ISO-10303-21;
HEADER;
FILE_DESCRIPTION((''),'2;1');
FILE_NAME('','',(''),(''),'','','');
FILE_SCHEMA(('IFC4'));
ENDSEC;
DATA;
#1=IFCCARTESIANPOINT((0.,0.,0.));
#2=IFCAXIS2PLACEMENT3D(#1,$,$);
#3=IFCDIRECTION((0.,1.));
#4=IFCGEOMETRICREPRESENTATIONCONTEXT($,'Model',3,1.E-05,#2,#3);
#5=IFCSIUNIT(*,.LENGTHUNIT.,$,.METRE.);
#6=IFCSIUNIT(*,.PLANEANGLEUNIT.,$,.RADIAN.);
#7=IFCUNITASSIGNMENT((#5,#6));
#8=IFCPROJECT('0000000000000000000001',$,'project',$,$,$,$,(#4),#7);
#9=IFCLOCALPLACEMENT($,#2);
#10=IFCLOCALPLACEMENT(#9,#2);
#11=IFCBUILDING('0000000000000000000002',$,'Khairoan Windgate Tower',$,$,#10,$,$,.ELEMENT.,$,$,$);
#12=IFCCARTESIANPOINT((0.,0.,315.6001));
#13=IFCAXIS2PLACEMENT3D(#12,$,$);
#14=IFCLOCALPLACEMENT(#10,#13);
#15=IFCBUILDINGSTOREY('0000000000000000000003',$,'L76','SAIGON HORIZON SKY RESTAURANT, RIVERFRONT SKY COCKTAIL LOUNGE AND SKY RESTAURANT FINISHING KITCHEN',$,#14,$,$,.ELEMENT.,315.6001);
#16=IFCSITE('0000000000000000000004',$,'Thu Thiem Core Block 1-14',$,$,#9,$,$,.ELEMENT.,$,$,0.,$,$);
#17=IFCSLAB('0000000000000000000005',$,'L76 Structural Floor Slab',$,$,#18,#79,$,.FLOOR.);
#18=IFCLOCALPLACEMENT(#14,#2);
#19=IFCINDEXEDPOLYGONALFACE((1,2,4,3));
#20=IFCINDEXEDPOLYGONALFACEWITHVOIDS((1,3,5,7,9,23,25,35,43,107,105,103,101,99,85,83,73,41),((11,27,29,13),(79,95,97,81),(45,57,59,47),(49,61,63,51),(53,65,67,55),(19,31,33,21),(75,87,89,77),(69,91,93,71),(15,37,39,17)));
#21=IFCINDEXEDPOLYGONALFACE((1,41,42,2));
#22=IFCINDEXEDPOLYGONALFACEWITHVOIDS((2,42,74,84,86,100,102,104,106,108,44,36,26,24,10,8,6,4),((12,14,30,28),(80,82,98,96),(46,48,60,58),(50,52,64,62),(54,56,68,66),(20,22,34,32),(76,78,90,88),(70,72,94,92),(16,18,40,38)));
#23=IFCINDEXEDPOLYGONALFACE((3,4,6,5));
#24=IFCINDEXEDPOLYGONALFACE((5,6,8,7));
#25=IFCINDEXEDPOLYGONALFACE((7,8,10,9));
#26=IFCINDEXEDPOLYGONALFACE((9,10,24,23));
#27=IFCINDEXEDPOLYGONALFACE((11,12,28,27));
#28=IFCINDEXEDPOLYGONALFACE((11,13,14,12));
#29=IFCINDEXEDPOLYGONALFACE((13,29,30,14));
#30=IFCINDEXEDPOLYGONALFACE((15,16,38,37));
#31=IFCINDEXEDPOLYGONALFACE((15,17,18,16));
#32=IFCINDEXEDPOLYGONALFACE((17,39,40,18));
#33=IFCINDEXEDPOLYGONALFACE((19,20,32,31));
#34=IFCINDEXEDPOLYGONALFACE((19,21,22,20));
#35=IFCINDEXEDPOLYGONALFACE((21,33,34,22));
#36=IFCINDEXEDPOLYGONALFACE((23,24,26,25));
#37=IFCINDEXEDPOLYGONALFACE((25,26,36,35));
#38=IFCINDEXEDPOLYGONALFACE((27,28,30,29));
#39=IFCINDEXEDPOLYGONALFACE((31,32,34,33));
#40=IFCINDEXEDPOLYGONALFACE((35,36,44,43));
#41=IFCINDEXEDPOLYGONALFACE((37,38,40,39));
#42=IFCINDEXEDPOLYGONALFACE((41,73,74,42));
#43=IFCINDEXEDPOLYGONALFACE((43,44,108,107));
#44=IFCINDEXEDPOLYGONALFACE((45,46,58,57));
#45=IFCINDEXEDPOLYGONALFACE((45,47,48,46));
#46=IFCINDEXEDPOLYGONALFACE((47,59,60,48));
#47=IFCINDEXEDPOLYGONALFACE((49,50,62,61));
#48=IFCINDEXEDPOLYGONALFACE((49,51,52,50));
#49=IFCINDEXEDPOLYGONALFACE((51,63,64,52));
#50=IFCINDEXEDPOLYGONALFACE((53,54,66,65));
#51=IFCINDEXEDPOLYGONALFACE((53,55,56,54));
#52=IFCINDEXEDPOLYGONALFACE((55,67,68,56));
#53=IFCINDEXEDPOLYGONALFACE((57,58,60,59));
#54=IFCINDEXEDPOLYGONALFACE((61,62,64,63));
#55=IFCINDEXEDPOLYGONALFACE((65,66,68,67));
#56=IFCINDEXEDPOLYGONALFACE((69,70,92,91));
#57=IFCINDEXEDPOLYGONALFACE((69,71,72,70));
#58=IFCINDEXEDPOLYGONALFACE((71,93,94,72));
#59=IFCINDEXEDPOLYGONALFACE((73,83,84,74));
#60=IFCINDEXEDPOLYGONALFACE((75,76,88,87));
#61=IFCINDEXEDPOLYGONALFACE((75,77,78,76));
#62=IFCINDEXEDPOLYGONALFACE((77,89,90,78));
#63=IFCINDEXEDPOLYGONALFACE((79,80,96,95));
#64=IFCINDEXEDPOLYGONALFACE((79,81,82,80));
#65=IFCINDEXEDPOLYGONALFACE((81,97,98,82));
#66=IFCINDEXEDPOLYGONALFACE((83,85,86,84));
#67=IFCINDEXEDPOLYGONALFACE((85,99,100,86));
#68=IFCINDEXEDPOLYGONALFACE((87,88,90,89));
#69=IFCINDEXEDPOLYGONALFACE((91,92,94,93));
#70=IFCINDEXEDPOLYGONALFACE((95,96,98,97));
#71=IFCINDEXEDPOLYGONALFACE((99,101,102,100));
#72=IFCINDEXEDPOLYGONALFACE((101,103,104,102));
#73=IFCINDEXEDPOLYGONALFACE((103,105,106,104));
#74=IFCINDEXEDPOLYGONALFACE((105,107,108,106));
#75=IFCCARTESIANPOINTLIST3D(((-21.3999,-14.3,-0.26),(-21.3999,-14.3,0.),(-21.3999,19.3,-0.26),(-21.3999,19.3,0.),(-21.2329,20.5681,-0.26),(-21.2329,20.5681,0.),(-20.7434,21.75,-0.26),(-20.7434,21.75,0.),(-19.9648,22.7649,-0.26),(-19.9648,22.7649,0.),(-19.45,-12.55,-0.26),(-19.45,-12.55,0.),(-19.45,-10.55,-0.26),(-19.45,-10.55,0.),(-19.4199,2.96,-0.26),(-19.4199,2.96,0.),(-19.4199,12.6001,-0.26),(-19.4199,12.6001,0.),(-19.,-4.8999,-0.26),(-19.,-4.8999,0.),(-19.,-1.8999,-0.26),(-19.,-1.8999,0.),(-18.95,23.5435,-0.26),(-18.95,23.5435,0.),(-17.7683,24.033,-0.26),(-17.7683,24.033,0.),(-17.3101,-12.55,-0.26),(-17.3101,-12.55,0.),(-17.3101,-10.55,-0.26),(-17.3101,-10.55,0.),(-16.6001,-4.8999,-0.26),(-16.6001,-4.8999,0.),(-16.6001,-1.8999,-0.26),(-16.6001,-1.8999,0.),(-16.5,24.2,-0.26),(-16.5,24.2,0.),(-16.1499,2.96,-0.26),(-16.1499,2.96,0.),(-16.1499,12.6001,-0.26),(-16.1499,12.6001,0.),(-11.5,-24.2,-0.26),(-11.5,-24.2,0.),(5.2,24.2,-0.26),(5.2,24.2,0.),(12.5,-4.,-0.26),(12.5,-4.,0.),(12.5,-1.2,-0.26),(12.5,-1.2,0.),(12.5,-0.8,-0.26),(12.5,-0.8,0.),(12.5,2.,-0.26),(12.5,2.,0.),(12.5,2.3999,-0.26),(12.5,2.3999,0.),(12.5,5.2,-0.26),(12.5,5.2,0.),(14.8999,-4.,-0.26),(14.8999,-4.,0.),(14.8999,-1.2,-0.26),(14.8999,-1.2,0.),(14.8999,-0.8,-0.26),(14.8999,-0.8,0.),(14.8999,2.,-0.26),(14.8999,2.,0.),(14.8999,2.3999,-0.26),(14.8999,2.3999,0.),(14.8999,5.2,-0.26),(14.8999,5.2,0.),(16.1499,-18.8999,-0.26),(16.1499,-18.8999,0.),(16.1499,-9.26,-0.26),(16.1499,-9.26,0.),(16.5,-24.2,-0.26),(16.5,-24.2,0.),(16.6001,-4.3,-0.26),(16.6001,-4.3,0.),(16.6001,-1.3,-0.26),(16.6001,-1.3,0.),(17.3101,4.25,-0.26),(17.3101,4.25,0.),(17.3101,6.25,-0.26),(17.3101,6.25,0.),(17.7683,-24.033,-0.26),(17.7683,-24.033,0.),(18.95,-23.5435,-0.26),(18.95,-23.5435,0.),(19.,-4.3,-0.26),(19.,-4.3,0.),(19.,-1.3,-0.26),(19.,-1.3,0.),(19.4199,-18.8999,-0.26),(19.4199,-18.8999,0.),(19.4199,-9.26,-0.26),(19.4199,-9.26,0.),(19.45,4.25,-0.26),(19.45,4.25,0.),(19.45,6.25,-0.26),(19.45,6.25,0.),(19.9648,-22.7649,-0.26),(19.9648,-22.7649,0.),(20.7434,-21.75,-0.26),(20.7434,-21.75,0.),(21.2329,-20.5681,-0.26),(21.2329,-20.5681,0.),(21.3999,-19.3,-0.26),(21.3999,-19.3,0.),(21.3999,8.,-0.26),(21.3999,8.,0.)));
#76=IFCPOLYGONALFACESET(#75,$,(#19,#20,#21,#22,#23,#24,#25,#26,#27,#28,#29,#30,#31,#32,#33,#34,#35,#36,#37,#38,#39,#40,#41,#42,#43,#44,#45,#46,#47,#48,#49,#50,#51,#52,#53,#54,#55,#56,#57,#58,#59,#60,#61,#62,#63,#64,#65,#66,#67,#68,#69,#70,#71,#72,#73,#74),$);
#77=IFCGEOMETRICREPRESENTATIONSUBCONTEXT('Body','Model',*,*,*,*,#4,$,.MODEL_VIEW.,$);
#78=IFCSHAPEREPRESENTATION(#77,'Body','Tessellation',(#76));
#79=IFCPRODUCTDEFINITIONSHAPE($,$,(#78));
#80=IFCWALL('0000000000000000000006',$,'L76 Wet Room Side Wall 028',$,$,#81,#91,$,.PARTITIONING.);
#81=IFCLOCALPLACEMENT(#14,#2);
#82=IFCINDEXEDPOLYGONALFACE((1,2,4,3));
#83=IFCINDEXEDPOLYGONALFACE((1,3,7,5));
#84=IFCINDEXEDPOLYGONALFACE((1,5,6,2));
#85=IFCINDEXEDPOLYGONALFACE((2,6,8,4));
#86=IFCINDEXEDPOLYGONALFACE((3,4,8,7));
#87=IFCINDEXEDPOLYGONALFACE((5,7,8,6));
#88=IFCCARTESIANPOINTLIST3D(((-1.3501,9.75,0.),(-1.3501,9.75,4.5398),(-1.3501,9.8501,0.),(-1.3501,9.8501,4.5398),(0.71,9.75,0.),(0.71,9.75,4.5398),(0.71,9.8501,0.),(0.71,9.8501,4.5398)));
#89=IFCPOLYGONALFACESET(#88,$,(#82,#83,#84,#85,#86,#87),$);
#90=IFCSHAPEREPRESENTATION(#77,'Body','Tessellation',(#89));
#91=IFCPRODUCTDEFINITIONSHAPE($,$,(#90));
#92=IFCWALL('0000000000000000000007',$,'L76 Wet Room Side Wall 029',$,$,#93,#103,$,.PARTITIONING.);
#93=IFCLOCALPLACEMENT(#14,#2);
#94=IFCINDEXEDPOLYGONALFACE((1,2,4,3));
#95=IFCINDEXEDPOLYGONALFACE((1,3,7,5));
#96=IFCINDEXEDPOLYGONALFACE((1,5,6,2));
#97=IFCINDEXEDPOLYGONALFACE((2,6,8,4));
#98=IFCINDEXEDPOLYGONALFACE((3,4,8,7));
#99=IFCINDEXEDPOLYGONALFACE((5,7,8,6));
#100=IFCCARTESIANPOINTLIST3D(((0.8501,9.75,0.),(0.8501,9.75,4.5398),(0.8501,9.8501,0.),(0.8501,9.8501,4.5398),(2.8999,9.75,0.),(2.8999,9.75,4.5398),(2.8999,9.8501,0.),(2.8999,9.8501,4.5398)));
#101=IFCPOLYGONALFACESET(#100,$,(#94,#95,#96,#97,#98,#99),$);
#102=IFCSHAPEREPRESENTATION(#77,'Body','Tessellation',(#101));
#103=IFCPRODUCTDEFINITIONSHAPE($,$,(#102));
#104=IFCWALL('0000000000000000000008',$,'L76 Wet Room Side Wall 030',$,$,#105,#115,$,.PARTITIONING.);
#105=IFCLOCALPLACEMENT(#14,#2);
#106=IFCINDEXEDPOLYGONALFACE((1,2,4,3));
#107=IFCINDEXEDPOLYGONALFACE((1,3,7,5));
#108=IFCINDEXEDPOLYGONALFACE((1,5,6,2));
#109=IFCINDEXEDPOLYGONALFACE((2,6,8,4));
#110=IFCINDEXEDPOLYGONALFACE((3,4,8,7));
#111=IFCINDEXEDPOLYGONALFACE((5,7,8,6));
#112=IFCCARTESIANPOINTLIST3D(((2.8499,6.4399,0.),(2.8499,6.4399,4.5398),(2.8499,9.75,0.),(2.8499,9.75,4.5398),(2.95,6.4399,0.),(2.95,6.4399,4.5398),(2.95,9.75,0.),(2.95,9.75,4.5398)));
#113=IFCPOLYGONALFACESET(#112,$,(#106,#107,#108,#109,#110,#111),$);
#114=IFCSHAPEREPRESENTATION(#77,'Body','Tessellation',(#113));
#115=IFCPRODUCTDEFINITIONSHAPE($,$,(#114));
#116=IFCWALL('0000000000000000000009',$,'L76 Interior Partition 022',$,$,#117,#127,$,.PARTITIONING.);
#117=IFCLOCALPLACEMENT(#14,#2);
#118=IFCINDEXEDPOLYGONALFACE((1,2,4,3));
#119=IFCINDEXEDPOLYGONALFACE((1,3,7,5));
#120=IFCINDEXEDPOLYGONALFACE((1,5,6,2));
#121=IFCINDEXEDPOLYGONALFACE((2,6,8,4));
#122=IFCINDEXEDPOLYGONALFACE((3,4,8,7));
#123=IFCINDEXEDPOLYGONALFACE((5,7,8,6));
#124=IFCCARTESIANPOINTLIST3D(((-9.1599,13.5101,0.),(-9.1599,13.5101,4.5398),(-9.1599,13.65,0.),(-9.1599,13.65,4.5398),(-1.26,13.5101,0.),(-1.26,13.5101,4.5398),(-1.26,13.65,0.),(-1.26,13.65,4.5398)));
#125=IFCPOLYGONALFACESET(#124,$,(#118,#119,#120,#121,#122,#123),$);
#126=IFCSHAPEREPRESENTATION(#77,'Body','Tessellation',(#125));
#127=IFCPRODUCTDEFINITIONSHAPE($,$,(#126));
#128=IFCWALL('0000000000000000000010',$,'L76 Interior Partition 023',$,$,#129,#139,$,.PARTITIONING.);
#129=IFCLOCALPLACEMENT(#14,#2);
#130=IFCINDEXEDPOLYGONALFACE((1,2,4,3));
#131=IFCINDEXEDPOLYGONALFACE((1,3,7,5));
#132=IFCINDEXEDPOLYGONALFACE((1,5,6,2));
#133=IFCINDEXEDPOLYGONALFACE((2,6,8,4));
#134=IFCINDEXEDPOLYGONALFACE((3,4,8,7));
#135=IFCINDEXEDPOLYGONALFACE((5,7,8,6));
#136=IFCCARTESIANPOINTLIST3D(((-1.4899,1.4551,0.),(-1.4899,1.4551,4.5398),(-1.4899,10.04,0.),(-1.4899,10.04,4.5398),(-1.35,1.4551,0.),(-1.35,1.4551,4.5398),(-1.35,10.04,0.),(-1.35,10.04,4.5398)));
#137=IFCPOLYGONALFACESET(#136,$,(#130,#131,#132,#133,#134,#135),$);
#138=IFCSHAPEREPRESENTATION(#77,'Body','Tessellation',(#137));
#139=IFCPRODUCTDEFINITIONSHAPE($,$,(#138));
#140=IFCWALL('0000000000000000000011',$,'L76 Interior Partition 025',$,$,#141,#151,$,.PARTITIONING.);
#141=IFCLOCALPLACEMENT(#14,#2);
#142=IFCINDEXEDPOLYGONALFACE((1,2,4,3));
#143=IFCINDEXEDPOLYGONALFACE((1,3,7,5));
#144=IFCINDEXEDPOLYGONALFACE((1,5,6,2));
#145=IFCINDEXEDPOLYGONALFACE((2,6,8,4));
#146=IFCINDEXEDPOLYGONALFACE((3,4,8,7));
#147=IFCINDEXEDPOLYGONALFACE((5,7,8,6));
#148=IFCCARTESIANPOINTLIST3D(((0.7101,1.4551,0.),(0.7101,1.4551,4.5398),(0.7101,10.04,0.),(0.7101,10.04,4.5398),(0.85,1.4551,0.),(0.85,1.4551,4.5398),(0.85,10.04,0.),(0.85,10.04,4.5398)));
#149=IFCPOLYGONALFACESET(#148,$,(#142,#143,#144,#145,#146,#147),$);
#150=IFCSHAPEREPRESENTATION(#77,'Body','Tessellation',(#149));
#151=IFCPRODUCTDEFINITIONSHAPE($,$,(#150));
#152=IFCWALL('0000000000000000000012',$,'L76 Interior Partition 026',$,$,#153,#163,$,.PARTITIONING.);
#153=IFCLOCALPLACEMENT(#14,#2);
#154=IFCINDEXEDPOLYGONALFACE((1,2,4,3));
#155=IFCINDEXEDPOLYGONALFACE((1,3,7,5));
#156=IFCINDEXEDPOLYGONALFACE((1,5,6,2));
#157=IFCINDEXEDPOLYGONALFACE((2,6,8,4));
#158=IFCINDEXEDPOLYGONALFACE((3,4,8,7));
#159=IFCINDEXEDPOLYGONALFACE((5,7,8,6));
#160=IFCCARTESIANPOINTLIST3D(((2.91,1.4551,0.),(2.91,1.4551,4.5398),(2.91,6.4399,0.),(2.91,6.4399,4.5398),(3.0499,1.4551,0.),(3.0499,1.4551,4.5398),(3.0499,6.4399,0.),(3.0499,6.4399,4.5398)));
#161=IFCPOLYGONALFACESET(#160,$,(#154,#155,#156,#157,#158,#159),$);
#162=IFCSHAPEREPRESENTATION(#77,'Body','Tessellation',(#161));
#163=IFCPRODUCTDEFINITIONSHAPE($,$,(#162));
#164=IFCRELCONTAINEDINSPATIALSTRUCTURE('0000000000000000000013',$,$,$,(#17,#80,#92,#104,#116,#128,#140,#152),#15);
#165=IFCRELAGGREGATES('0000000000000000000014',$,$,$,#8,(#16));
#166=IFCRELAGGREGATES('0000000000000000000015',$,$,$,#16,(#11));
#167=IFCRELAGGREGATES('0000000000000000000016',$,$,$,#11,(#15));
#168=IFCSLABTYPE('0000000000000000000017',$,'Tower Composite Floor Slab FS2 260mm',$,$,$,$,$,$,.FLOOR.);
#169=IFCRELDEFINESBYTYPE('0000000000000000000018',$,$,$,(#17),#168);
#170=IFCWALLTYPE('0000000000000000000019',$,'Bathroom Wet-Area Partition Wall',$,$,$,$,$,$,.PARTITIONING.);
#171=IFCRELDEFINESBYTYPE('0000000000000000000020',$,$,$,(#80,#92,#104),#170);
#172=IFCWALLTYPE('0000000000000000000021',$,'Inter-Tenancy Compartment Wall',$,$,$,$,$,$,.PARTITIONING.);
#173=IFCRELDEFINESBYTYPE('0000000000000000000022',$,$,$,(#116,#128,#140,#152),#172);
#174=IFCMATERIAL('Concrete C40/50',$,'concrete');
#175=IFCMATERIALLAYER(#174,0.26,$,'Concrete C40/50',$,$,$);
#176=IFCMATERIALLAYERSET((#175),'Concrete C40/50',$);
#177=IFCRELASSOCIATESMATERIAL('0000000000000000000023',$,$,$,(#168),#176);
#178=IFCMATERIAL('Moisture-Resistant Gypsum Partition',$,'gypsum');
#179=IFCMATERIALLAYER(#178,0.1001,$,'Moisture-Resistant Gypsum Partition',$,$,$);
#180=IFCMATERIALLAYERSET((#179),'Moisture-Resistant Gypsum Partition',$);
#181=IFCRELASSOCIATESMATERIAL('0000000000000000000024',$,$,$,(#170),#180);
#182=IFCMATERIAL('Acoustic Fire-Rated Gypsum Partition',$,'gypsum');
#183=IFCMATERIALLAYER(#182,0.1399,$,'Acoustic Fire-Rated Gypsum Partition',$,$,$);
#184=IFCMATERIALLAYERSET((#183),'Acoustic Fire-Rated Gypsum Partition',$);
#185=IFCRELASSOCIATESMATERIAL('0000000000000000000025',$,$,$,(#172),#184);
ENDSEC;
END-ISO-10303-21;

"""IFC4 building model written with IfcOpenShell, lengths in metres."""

from ifc_helpers import new_model, si_unit, direction, frame, frame_2d, origin, place, context, subcontext, project, spatial, polyline, rectangle, outline, extrude, material, layer, layer_set, type_object, element, save


model = new_model("IFC4")

# Units and contexts
model_context = context("Model", 3, precision=1e-05, world=origin(), true_north=direction((0.0, 1.0)))
body_context = subcontext(model_context, "Body", "Model", "MODEL_VIEW")
ifc_project = project(units=[si_unit("LENGTHUNIT", "METRE"), si_unit("PLANEANGLEUNIT", "RADIAN")], contexts=[model_context])

# Site, building, storey
site_placement = place(None, origin())
site = spatial("IfcSite", under=ifc_project, at=site_placement, Name="Thu Thiem Core Block 1-14", CompositionType="ELEMENT", RefElevation=0.0)
building_placement = place(site_placement, origin())
building = spatial("IfcBuilding", under=site, at=building_placement, Name="Khairoan Windgate Tower", CompositionType="ELEMENT")
storey_placement = place(building_placement, frame((0.0, 0.0, 315.6001)))
storey = spatial("IfcBuildingStorey", under=building, at=storey_placement, Name="L76", Description="SAIGON HORIZON SKY RESTAURANT, RIVERFRONT SKY COCKTAIL LOUNGE AND SKY RESTAURANT FINISHING KITCHEN", CompositionType="ELEMENT", Elevation=315.6001)

# Slab
ifc_material_1 = material(Name="Concrete C40/50", Category="concrete")
ifc_layer_1 = layer(ifc_material_1, 0.26, Name="Concrete C40/50")
ifc_layer_set_1 = layer_set([ifc_layer_1], Name="Concrete C40/50")
slab_type_1 = type_object("IfcSlabType", Name="Tower Composite Floor Slab FS2 260mm", PredefinedType="FLOOR", material=ifc_layer_set_1)
slab_1_placement = place(storey_placement, frame((0.0, 0.0, -0.26)))
element("IfcSlab", 1, at=slab_1_placement, inside=storey, type_object=slab_type_1, Name="L76 Structural Floor Slab", PredefinedType="FLOOR", context=body_context, shape_type="SweptSolid", body=[
    extrude(outline(polyline([(16.5, -24.2), (17.7683, -24.033), (18.95, -23.5435), (19.9648, -22.7649), (20.7434, -21.75), (21.2329, -20.5681), (21.3999, -19.3), (21.3999, 8.0), (5.2, 24.2), (-16.5, 24.2), (-17.7683, 24.033), (-18.95, 23.5435), (-19.9648, 22.7649), (-20.7434, 21.75), (-21.2329, 20.5681), (-21.3999, 19.3), (-21.3999, -14.3), (-11.5, -24.2), (16.5, -24.2)]), holes=[polyline([(16.1499, -9.26), (16.1499, -18.8999), (19.4199, -18.8999), (19.4199, -9.26), (16.1499, -9.26)]), polyline([(-16.1499, 2.96), (-16.1499, 12.6001), (-19.4199, 12.6001), (-19.4199, 2.96), (-16.1499, 2.96)]), polyline([(12.5, 2.3999), (14.8999, 2.3999), (14.8999, 5.2), (12.5, 5.2), (12.5, 2.3999)]), polyline([(12.5, -0.8), (14.8999, -0.8), (14.8999, 2.0), (12.5, 2.0), (12.5, -0.8)]), polyline([(12.5, -4.0), (14.8999, -4.0), (14.8999, -1.2), (12.5, -1.2), (12.5, -4.0)]), polyline([(16.6001, -4.3), (19.0, -4.3), (19.0, -1.3), (16.6001, -1.3), (16.6001, -4.3)]), polyline([(-19.0, -4.8999), (-16.6001, -4.8999), (-16.6001, -1.8999), (-19.0, -1.8999), (-19.0, -4.8999)]), polyline([(-19.45, -12.55), (-17.3101, -12.55), (-17.3101, -10.55), (-19.45, -10.55), (-19.45, -12.55)]), polyline([(17.3101, 4.25), (19.45, 4.25), (19.45, 6.25), (17.3101, 6.25), (17.3101, 4.25)])]), origin(), (0.0, 0.0, 1.0), 0.26),
])

# Walls
ifc_material_2 = material(Name="Moisture-Resistant Gypsum Partition", Category="gypsum")
ifc_layer_2 = layer(ifc_material_2, 0.1001, Name="Moisture-Resistant Gypsum Partition")
ifc_layer_set_2 = layer_set([ifc_layer_2], Name="Moisture-Resistant Gypsum Partition")
wall_type_1 = type_object("IfcWallType", Name="Bathroom Wet-Area Partition Wall", PredefinedType="PARTITIONING", material=ifc_layer_set_2)
wall_1_placement = place(storey_placement, frame((-1.3501, 9.8, 0.0), z_axis=(0.0, 0.0, 1.0), x_axis=(1.0, 0.0, 0.0)))
element("IfcWall", 2, at=wall_1_placement, inside=storey, type_object=wall_type_1, Name="L76 Wet Room Side Wall 028", PredefinedType="PARTITIONING", context=body_context, shape_type="SweptSolid", body=[
    extrude(rectangle(XDim=2.0601, YDim=0.1001, at=frame_2d((1.03, 0.0))), origin(), (0.0, 0.0, 1.0), 4.5398),
])
wall_2_placement = place(storey_placement, frame((0.8501, 9.8, 0.0), z_axis=(0.0, 0.0, 1.0), x_axis=(1.0, 0.0, 0.0)))
element("IfcWall", 3, at=wall_2_placement, inside=storey, type_object=wall_type_1, Name="L76 Wet Room Side Wall 029", PredefinedType="PARTITIONING", context=body_context, shape_type="SweptSolid", body=[
    extrude(rectangle(XDim=2.0498, YDim=0.1001, at=frame_2d((1.0249, 0.0))), origin(), (0.0, 0.0, 1.0), 4.5398),
])
wall_3_placement = place(storey_placement, frame((2.8999, 9.75, 0.0), z_axis=(0.0, 0.0, 1.0), x_axis=(0.0, -1.0, 0.0)))
element("IfcWall", 4, at=wall_3_placement, inside=storey, type_object=wall_type_1, Name="L76 Wet Room Side Wall 030", PredefinedType="PARTITIONING", context=body_context, shape_type="SweptSolid", body=[
    extrude(rectangle(XDim=3.3101, YDim=0.1001, at=frame_2d((1.655, 0.0))), origin(), (0.0, 0.0, 1.0), 4.5398),
])
ifc_material_3 = material(Name="Acoustic Fire-Rated Gypsum Partition", Category="gypsum")
ifc_layer_3 = layer(ifc_material_3, 0.1399, Name="Acoustic Fire-Rated Gypsum Partition")
ifc_layer_set_3 = layer_set([ifc_layer_3], Name="Acoustic Fire-Rated Gypsum Partition")
wall_type_2 = type_object("IfcWallType", Name="Inter-Tenancy Compartment Wall", PredefinedType="PARTITIONING", material=ifc_layer_set_3)
wall_4_placement = place(storey_placement, frame((-9.1599, 13.5801, 0.0), z_axis=(0.0, 0.0, 1.0), x_axis=(1.0, 0.0, 0.0)))
element("IfcWall", 5, at=wall_4_placement, inside=storey, type_object=wall_type_2, Name="L76 Interior Partition 022", PredefinedType="PARTITIONING", context=body_context, shape_type="SweptSolid", body=[
    extrude(rectangle(XDim=7.8999, YDim=0.1399, at=frame_2d((3.95, 0.0))), origin(), (0.0, 0.0, 1.0), 4.5398),
])
for number, where, z_axis, x_axis, name in (
    (6, (-1.4199, 1.4551, 0.0), (0.0, 0.0, 1.0), (0.0, 1.0, 0.0), "L76 Interior Partition 023"),
    (7, (0.78, 1.4551, 0.0), (0.0, 0.0, 1.0), (0.0, 1.0, 0.0), "L76 Interior Partition 025"),
):
    element("IfcWall", number, at=place(storey_placement, frame(where, z_axis=z_axis, x_axis=x_axis)), inside=storey, type_object=wall_type_2, Name=name, PredefinedType="PARTITIONING", context=body_context, shape_type="SweptSolid", body=[
        extrude(rectangle(XDim=8.585, YDim=0.1399, at=frame_2d((4.2925, 0.0))), origin(), (0.0, 0.0, 1.0), 4.5398),
    ])
wall_5_placement = place(storey_placement, frame((2.98, 1.4551, 0.0), z_axis=(0.0, 0.0, 1.0), x_axis=(0.0, 1.0, 0.0)))
element("IfcWall", 8, at=wall_5_placement, inside=storey, type_object=wall_type_2, Name="L76 Interior Partition 026", PredefinedType="PARTITIONING", context=body_context, shape_type="SweptSolid", body=[
    extrude(rectangle(XDim=4.9849, YDim=0.1399, at=frame_2d((2.4924, 0.0))), origin(), (0.0, 0.0, 1.0), 4.5398),
])

save(model, "model.ifc")
